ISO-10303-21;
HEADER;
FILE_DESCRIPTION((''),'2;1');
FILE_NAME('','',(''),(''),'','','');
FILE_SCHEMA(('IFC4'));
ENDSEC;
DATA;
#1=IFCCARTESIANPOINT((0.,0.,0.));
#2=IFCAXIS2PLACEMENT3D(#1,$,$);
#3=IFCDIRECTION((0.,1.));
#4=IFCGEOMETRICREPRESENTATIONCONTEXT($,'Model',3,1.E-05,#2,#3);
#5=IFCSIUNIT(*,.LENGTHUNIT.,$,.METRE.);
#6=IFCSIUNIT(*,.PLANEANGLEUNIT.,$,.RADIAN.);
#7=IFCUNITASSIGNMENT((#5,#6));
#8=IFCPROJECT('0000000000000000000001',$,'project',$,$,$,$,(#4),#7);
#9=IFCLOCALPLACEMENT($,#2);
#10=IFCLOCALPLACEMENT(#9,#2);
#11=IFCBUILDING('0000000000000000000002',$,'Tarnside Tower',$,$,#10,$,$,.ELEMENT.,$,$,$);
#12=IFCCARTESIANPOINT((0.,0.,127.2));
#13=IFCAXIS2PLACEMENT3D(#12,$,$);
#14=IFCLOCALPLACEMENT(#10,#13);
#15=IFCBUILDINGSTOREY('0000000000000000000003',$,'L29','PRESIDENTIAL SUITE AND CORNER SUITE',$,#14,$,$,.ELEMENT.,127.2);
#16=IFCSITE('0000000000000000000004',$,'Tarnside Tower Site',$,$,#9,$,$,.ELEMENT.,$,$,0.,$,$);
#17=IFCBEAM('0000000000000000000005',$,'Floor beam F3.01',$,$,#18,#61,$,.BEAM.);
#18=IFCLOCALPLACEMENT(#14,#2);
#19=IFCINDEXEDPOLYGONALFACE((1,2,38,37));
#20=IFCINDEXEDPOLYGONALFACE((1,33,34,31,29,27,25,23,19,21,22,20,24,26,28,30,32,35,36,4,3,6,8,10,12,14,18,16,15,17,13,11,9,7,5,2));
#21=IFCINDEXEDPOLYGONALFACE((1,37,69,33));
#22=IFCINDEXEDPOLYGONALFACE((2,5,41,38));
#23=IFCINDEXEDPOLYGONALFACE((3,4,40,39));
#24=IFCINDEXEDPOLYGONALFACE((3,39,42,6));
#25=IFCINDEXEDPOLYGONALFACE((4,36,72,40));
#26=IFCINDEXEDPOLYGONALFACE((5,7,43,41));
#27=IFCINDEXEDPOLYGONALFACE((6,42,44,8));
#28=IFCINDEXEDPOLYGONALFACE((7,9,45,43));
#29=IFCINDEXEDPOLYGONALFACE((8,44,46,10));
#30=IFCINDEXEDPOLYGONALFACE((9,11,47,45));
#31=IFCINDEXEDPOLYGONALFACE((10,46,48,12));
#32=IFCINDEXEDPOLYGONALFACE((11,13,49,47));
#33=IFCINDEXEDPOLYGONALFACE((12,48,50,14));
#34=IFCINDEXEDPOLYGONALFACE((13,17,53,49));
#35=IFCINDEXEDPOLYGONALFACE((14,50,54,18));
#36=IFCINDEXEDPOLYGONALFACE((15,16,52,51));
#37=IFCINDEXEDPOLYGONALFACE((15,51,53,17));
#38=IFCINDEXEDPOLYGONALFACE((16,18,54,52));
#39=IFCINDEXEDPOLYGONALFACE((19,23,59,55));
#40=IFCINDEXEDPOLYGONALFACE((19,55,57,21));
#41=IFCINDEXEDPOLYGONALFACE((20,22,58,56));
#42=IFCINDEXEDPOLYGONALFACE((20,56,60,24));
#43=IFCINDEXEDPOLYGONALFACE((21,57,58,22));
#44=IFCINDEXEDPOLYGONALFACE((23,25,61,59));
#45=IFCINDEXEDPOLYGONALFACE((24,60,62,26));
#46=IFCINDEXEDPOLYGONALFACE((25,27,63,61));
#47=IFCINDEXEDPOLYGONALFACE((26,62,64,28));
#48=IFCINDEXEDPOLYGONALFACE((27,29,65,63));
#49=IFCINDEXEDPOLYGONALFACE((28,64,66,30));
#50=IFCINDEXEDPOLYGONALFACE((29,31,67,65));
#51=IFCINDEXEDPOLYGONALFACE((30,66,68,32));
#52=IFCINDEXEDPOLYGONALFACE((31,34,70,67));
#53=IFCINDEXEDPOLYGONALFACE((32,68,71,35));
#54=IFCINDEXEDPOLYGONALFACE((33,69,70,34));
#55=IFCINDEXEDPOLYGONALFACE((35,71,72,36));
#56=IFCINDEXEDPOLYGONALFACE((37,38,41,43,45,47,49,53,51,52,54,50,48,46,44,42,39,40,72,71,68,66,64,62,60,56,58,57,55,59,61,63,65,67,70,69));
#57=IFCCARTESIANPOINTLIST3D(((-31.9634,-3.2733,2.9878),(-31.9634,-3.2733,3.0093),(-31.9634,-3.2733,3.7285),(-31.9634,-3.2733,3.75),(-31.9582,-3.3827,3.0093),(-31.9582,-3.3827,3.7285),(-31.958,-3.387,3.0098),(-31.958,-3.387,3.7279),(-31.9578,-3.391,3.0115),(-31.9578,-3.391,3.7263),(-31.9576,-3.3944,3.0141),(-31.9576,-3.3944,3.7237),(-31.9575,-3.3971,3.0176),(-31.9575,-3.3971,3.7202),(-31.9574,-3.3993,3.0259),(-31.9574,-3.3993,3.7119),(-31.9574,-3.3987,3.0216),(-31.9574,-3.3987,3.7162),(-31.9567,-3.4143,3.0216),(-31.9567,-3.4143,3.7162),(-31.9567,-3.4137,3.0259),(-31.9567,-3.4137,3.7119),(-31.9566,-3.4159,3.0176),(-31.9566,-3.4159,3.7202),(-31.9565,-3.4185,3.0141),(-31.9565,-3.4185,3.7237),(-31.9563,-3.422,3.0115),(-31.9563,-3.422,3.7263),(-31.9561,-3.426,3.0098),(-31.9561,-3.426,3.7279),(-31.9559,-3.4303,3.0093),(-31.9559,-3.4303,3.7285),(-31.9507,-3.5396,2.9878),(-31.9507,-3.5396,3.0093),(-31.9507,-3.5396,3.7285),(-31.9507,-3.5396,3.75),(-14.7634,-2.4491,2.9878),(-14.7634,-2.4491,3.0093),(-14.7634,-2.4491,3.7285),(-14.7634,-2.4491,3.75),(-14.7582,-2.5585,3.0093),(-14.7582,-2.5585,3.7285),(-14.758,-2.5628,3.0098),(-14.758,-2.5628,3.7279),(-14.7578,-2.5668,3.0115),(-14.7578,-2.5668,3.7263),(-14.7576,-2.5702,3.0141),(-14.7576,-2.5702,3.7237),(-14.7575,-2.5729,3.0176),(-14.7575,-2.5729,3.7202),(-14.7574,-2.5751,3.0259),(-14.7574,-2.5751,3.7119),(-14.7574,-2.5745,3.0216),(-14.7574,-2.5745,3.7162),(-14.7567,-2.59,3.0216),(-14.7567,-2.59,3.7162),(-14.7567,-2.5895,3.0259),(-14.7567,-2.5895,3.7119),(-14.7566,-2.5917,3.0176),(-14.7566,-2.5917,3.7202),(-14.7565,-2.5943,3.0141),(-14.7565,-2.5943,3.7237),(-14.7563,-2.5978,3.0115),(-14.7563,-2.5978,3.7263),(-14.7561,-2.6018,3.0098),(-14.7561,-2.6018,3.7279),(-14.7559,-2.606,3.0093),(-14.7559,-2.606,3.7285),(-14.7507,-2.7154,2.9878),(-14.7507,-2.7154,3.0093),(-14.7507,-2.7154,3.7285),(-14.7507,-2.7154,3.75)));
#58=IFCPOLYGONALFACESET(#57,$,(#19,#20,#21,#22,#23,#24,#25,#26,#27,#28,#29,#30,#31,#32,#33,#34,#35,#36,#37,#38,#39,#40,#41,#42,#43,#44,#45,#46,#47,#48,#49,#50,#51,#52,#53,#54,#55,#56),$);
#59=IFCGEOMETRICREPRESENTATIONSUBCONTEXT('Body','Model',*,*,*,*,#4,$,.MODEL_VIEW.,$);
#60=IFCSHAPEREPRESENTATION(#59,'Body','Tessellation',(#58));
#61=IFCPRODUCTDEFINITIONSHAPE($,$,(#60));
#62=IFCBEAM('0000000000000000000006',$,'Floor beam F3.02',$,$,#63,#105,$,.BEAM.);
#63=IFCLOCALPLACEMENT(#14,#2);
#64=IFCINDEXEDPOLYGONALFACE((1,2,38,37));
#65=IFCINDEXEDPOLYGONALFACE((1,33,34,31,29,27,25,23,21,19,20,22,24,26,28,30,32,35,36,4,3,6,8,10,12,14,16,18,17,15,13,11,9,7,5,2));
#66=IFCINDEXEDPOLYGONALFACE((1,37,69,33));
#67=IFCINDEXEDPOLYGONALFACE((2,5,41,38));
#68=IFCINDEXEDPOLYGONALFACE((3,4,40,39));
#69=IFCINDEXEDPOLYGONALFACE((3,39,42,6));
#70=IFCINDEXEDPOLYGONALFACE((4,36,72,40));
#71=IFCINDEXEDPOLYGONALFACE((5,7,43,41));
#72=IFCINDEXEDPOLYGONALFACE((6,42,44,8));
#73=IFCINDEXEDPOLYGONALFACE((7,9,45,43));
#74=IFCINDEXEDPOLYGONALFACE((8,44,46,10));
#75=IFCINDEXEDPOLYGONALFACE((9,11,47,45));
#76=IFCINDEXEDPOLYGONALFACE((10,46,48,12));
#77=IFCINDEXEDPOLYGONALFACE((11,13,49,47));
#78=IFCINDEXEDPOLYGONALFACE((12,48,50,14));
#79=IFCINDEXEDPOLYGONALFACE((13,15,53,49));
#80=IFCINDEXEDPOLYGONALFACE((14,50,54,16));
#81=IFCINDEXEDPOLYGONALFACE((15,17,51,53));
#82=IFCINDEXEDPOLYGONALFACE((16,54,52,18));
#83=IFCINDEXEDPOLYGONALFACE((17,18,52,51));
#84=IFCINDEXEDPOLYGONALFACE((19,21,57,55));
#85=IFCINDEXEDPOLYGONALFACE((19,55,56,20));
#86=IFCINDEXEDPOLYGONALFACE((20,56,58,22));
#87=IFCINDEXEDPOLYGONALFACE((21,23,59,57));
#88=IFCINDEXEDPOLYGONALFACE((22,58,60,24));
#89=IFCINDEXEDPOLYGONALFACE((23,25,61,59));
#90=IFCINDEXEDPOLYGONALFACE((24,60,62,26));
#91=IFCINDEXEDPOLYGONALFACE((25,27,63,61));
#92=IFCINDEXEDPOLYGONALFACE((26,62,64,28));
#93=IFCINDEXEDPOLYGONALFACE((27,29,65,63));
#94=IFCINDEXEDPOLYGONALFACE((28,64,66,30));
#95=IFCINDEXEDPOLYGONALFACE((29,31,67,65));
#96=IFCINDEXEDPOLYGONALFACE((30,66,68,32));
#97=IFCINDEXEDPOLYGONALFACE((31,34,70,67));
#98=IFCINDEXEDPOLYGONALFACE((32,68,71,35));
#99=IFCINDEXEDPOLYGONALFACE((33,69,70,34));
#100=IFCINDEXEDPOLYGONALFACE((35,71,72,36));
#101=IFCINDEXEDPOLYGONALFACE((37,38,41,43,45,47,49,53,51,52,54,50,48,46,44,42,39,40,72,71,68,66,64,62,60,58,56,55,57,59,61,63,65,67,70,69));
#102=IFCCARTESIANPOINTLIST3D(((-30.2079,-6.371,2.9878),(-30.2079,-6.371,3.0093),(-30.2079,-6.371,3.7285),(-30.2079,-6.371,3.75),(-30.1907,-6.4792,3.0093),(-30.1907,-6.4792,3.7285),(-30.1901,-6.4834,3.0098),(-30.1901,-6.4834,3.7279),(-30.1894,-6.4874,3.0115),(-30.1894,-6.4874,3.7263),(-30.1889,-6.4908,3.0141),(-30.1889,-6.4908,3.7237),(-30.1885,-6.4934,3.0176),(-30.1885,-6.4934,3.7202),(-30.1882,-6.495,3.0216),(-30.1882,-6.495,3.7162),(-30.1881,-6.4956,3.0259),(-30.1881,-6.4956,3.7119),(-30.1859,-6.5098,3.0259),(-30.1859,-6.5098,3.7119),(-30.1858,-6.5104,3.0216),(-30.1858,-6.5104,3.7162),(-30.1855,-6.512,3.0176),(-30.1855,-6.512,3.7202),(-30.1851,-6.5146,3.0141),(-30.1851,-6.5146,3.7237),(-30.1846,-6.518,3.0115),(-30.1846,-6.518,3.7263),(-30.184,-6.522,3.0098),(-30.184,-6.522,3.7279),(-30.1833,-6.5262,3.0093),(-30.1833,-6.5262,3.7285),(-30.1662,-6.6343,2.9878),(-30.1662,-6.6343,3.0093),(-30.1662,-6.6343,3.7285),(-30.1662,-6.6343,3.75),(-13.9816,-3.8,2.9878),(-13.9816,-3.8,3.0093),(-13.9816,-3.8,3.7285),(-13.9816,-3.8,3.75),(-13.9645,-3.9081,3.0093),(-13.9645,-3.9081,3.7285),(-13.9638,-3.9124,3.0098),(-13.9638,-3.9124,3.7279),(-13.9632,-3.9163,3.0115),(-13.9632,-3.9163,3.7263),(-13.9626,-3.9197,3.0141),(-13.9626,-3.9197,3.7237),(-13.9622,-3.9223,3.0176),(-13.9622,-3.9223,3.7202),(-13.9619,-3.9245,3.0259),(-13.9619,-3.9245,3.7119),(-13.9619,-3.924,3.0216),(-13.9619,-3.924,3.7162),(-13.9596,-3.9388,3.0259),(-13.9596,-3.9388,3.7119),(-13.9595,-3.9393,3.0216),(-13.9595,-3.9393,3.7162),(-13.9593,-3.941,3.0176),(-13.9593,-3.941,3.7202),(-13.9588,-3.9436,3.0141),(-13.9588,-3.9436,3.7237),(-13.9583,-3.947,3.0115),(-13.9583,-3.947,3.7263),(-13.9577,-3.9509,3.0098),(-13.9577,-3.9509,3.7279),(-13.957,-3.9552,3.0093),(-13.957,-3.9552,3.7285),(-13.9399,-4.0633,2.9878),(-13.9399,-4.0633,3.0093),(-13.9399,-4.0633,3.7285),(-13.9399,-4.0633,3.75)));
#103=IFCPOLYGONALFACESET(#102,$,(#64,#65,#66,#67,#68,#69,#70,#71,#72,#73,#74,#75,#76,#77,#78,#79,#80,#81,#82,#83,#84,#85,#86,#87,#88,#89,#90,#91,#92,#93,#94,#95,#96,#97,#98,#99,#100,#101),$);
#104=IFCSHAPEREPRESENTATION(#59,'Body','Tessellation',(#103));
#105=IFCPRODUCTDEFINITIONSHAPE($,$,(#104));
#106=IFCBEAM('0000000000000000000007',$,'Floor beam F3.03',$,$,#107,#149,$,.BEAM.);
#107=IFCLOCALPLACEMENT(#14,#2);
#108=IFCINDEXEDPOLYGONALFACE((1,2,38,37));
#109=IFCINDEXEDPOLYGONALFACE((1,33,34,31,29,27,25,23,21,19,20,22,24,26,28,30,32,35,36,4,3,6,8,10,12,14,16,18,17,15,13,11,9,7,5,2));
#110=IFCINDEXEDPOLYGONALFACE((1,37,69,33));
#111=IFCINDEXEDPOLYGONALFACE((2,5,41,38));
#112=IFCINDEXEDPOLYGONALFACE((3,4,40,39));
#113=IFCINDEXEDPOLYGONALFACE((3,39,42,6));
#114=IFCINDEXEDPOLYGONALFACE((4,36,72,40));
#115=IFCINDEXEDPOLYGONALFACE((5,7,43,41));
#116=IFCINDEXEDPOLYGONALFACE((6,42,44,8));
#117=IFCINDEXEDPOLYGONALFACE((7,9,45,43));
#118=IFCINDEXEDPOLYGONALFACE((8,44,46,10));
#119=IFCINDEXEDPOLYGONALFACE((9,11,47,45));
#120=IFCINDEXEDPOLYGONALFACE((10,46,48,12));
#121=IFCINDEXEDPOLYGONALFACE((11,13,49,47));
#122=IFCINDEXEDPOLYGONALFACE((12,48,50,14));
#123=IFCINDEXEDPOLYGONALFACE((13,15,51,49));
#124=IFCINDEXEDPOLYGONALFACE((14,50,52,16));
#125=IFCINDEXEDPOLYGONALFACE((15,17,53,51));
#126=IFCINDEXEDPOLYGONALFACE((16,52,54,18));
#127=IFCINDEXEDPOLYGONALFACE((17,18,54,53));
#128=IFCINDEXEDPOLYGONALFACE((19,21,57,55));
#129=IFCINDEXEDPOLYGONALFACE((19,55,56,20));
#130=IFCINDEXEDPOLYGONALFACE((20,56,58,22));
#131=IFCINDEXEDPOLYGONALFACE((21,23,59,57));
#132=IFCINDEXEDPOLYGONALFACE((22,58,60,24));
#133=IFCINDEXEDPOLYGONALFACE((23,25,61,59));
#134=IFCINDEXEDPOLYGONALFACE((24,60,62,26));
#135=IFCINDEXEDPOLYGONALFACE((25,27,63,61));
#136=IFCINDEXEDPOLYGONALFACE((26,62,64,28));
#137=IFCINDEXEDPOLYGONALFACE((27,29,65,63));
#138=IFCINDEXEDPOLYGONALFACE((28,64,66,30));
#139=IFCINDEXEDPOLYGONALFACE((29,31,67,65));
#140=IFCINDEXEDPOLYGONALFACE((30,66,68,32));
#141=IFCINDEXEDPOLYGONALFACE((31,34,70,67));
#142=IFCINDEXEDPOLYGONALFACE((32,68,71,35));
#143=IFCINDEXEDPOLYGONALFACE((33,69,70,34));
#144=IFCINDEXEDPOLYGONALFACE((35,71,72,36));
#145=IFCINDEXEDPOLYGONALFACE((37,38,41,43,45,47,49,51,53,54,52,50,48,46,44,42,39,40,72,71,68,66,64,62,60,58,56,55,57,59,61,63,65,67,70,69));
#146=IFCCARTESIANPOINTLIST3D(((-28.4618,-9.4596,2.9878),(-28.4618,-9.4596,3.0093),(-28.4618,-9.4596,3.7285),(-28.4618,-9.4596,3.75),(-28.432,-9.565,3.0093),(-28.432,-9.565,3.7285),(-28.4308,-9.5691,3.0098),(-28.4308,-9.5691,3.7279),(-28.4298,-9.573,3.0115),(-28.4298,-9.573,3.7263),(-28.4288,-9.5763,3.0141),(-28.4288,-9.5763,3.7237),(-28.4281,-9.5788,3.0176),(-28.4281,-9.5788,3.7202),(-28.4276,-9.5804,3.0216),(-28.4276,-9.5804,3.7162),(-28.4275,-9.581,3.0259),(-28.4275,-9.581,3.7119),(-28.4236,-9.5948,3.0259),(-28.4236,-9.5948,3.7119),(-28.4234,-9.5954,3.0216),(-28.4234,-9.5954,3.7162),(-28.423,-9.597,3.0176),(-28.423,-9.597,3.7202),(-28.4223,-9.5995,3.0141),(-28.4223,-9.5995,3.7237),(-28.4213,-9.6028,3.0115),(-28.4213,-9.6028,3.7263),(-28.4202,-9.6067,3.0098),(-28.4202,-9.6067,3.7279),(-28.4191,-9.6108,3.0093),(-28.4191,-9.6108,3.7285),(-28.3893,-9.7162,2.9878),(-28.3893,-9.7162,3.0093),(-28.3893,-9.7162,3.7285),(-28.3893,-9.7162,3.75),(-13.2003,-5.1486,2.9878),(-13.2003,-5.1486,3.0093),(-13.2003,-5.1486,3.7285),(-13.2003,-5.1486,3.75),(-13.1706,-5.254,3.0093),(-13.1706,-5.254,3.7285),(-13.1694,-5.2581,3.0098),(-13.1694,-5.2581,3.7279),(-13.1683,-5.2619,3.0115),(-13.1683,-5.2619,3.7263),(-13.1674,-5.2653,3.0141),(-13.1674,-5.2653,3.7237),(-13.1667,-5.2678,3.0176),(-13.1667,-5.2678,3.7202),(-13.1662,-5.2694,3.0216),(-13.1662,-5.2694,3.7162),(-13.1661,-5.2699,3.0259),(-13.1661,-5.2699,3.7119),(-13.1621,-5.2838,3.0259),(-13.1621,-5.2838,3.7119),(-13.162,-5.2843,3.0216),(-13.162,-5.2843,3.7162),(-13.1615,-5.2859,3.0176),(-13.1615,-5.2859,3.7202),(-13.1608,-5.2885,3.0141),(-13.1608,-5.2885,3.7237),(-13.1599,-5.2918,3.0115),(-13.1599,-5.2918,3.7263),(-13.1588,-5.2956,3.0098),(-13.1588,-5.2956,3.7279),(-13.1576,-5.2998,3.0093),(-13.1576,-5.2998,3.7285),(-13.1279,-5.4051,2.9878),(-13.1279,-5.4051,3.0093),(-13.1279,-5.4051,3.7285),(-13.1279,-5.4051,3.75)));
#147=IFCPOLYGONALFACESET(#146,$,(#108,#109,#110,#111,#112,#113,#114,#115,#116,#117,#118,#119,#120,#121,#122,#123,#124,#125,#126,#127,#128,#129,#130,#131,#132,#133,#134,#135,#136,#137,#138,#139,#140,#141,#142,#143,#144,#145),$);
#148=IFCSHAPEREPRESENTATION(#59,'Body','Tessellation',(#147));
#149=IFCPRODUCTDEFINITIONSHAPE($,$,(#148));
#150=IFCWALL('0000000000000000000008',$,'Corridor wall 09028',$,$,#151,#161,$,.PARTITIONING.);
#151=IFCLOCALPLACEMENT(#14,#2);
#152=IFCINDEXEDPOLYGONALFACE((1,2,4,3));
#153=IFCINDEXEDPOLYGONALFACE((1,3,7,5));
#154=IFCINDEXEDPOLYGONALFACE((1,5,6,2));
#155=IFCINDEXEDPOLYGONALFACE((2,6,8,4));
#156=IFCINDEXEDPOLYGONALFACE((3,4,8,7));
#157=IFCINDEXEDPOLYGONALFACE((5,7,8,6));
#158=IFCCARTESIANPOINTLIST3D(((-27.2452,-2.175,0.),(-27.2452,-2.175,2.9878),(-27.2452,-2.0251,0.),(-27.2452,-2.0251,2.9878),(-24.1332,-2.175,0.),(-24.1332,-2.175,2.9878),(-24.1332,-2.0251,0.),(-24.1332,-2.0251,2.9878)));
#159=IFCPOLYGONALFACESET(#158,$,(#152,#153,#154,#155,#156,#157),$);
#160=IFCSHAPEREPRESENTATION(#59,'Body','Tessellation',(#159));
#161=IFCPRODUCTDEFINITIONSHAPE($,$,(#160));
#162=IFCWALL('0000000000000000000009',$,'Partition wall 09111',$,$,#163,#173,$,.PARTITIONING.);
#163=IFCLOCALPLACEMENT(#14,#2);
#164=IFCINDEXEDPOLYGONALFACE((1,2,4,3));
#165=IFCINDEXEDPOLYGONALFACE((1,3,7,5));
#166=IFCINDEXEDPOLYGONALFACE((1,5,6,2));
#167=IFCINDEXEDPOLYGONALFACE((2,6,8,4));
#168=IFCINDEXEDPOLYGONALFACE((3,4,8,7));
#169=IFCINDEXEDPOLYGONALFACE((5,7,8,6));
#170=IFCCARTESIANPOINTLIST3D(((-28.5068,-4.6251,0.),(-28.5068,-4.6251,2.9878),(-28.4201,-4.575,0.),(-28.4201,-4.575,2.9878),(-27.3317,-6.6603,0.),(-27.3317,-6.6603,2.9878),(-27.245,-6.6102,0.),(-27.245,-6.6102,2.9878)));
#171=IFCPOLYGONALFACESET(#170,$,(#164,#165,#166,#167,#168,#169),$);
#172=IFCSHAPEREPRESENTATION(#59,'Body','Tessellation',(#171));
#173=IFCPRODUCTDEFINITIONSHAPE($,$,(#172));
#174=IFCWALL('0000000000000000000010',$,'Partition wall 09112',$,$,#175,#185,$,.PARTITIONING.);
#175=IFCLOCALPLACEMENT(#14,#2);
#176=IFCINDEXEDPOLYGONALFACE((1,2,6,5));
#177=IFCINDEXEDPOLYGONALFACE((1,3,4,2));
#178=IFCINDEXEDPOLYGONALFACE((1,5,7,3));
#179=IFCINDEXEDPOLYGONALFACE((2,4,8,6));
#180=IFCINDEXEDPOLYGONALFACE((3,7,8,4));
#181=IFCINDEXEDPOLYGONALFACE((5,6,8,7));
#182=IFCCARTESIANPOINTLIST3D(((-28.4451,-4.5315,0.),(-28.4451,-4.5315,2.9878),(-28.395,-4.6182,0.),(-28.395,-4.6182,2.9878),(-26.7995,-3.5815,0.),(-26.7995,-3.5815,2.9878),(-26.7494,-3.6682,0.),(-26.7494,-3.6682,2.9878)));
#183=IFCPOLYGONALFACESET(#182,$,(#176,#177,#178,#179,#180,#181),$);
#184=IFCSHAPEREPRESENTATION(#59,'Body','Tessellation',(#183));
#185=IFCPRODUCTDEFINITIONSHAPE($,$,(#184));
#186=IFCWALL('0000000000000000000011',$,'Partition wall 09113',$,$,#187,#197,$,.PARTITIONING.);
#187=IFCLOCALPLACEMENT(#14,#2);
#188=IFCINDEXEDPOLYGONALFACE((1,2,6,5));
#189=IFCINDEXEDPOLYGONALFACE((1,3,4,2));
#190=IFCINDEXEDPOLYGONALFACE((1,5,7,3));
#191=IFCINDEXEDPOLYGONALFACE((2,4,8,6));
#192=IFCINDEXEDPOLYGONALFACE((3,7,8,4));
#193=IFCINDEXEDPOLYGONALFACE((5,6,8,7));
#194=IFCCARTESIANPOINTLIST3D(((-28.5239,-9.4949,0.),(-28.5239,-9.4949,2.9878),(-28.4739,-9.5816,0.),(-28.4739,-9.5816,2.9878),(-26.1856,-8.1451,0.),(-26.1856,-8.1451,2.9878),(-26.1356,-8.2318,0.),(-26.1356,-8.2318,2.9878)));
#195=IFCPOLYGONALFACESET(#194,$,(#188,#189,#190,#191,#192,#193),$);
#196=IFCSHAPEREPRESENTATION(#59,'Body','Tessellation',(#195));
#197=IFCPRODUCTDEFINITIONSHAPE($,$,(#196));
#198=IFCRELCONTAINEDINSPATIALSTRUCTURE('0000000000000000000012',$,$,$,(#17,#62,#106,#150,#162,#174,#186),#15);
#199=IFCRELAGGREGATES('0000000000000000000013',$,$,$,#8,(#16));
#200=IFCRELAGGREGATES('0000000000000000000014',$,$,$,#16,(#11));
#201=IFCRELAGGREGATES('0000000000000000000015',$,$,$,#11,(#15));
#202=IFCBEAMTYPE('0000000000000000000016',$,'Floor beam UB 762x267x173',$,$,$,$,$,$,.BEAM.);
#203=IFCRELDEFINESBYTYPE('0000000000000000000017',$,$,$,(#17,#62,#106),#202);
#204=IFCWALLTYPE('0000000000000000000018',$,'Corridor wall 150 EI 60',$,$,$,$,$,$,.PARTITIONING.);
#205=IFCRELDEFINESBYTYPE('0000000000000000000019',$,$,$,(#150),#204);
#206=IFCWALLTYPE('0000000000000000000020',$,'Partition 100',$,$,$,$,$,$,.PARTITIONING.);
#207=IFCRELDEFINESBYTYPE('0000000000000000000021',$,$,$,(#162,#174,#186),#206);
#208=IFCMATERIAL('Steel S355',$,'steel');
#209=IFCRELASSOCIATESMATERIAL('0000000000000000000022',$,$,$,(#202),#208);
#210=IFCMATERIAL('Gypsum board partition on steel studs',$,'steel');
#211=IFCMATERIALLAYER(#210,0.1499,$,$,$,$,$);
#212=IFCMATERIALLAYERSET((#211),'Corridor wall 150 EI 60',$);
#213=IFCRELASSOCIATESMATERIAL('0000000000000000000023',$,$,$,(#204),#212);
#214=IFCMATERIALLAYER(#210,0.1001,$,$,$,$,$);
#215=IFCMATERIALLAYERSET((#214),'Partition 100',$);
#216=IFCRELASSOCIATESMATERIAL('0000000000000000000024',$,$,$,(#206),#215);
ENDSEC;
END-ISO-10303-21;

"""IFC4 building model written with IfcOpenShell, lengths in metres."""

from ifc_helpers import new_model, si_unit, direction, frame, frame_2d, origin, origin_2d, place, context, subcontext, project, spatial, rectangle, i_section, extrude, material, layer, layer_set, material_profile, profile_set, type_object, element, save


model = new_model("IFC4")

# Units and contexts
model_context = context("Model", 3, precision=1e-05, world=origin(), true_north=direction((0.0, 1.0)))
body_context = subcontext(model_context, "Body", "Model", "MODEL_VIEW")
ifc_project = project(units=[si_unit("LENGTHUNIT", "METRE"), si_unit("PLANEANGLEUNIT", "RADIAN")], contexts=[model_context])

# Site, building, storey
site_placement = place(None, origin())
site = spatial("IfcSite", under=ifc_project, at=site_placement, Name="Tarnside Tower Site", CompositionType="ELEMENT", RefElevation=0.0)
building_placement = place(site_placement, origin())
building = spatial("IfcBuilding", under=site, at=building_placement, Name="Tarnside Tower", CompositionType="ELEMENT")
storey_placement = place(building_placement, frame((0.0, 0.0, 127.2)))
storey = spatial("IfcBuildingStorey", under=building, at=storey_placement, Name="L29", Description="PRESIDENTIAL SUITE AND CORNER SUITE", CompositionType="ELEMENT", Elevation=127.2)

# Beams
ifc_material_1 = material(Name="Steel S355", Category="steel")
ifc_material_profile = material_profile(ifc_material_1, i_section(OverallWidth=0.2666, OverallDepth=0.7622, WebThickness=0.0144, FlangeThickness=0.0215, FilletRadius=0.0166, at=origin_2d()), Name="UB 762x267x173")
ifc_profile_set = profile_set([ifc_material_profile], Name="Steel S355")
beam_type = type_object("IfcBeamType", Name="Floor beam UB 762x267x173", PredefinedType="BEAM", material=ifc_profile_set)
beam_1_placement = place(storey_placement, frame((-31.957, -3.4065, 3.3689), z_axis=(0.998854, 0.047865, 0.0), x_axis=(-0.047865, 0.998854, 0.0)))
element("IfcBeam", 1, at=beam_1_placement, inside=storey, type_object=beam_type, Name="Floor beam F3.01", PredefinedType="BEAM", context=body_context, shape_type="SweptSolid", body=[
    extrude(i_section(OverallWidth=0.2666, OverallDepth=0.7622, WebThickness=0.0144, FlangeThickness=0.0215, FilletRadius=0.0166, at=origin_2d()), origin(), (0.0, 0.0, 1.0), 17.2197),
])
beam_2_placement = place(storey_placement, frame((-30.187, -6.5027, 3.3689), z_axis=(0.987678, 0.156497, 0.0), x_axis=(-0.156497, 0.987678, 0.0)))
element("IfcBeam", 2, at=beam_2_placement, inside=storey, type_object=beam_type, Name="Floor beam F3.02", PredefinedType="BEAM", context=body_context, shape_type="SweptSolid", body=[
    extrude(i_section(OverallWidth=0.2666, OverallDepth=0.7622, WebThickness=0.0144, FlangeThickness=0.0215, FilletRadius=0.0166, at=origin_2d()), origin(), (0.0, 0.0, 1.0), 16.4287),
])
beam_3_placement = place(storey_placement, frame((-28.4255, -9.5879, 3.3689), z_axis=(0.962342, 0.271841, 0.0), x_axis=(-0.271841, 0.962342, 0.0)))
element("IfcBeam", 3, at=beam_3_placement, inside=storey, type_object=beam_type, Name="Floor beam F3.03", PredefinedType="BEAM", context=body_context, shape_type="SweptSolid", body=[
    extrude(i_section(OverallWidth=0.2666, OverallDepth=0.7622, WebThickness=0.0144, FlangeThickness=0.0215, FilletRadius=0.0166, at=origin_2d()), origin(), (0.0, 0.0, 1.0), 15.8586),
])

# Walls
ifc_material_2 = material(Name="Gypsum board partition on steel studs", Category="steel")
ifc_layer_1 = layer(ifc_material_2, 0.1499)
ifc_layer_set_1 = layer_set([ifc_layer_1], Name="Corridor wall 150 EI 60")
wall_type_1 = type_object("IfcWallType", Name="Corridor wall 150 EI 60", PredefinedType="PARTITIONING", material=ifc_layer_set_1)
wall_1_placement = place(storey_placement, frame((-27.2454, -2.1001, 0.0), z_axis=(0.0, 0.0, 1.0), x_axis=(1.0, 0.0, 0.0)))
element("IfcWall", 4, at=wall_1_placement, inside=storey, type_object=wall_type_1, Name="Corridor wall 09028", PredefinedType="PARTITIONING", context=body_context, shape_type="SweptSolid", body=[
    extrude(rectangle(XDim=3.1121, YDim=0.1499, at=frame_2d((1.5562, 0.0))), origin(), (0.0, 0.0, 1.0), 2.9878),
])
ifc_layer_2 = layer(ifc_material_2, 0.1001)
ifc_layer_set_2 = layer_set([ifc_layer_2], Name="Partition 100")
wall_type_2 = type_object("IfcWallType", Name="Partition 100", PredefinedType="PARTITIONING", material=ifc_layer_set_2)
wall_2_placement = place(storey_placement, frame((-27.2883, -6.6353, 0.0), z_axis=(0.0, 0.0, 1.0), x_axis=(-0.500016, 0.866016, 0.0)))
element("IfcWall", 5, at=wall_2_placement, inside=storey, type_object=wall_type_2, Name="Partition wall 09111", PredefinedType="PARTITIONING", context=body_context, shape_type="SweptSolid", body=[
    extrude(rectangle(XDim=2.3501, YDim=0.1001, at=frame_2d((1.175, 0.0))), origin(), (0.0, 0.0, 1.0), 2.9878),
])
wall_3_placement = place(storey_placement, frame((-28.4202, -4.575, 0.0), z_axis=(0.0, 0.0, 1.0), x_axis=(0.866044, 0.499967, 0.0)))
element("IfcWall", 6, at=wall_3_placement, inside=storey, type_object=wall_type_2, Name="Partition wall 09112", PredefinedType="PARTITIONING", context=body_context, shape_type="SweptSolid", body=[
    extrude(rectangle(XDim=1.9001, YDim=0.1001, at=frame_2d((0.9502, 0.0))), origin(), (0.0, 0.0, 1.0), 2.9878),
])
wall_4_placement = place(storey_placement, frame((-28.499, -9.5383, 0.0), z_axis=(0.0, 0.0, 1.0), x_axis=(0.866059, 0.499942, 0.0)))
element("IfcWall", 7, at=wall_4_placement, inside=storey, type_object=wall_type_2, Name="Partition wall 09113", PredefinedType="PARTITIONING", context=body_context, shape_type="SweptSolid", body=[
    extrude(rectangle(XDim=2.7, YDim=0.1001, at=frame_2d((1.3501, 0.0))), origin(), (0.0, 0.0, 1.0), 2.9878),
])

save(model, "model.ifc")
